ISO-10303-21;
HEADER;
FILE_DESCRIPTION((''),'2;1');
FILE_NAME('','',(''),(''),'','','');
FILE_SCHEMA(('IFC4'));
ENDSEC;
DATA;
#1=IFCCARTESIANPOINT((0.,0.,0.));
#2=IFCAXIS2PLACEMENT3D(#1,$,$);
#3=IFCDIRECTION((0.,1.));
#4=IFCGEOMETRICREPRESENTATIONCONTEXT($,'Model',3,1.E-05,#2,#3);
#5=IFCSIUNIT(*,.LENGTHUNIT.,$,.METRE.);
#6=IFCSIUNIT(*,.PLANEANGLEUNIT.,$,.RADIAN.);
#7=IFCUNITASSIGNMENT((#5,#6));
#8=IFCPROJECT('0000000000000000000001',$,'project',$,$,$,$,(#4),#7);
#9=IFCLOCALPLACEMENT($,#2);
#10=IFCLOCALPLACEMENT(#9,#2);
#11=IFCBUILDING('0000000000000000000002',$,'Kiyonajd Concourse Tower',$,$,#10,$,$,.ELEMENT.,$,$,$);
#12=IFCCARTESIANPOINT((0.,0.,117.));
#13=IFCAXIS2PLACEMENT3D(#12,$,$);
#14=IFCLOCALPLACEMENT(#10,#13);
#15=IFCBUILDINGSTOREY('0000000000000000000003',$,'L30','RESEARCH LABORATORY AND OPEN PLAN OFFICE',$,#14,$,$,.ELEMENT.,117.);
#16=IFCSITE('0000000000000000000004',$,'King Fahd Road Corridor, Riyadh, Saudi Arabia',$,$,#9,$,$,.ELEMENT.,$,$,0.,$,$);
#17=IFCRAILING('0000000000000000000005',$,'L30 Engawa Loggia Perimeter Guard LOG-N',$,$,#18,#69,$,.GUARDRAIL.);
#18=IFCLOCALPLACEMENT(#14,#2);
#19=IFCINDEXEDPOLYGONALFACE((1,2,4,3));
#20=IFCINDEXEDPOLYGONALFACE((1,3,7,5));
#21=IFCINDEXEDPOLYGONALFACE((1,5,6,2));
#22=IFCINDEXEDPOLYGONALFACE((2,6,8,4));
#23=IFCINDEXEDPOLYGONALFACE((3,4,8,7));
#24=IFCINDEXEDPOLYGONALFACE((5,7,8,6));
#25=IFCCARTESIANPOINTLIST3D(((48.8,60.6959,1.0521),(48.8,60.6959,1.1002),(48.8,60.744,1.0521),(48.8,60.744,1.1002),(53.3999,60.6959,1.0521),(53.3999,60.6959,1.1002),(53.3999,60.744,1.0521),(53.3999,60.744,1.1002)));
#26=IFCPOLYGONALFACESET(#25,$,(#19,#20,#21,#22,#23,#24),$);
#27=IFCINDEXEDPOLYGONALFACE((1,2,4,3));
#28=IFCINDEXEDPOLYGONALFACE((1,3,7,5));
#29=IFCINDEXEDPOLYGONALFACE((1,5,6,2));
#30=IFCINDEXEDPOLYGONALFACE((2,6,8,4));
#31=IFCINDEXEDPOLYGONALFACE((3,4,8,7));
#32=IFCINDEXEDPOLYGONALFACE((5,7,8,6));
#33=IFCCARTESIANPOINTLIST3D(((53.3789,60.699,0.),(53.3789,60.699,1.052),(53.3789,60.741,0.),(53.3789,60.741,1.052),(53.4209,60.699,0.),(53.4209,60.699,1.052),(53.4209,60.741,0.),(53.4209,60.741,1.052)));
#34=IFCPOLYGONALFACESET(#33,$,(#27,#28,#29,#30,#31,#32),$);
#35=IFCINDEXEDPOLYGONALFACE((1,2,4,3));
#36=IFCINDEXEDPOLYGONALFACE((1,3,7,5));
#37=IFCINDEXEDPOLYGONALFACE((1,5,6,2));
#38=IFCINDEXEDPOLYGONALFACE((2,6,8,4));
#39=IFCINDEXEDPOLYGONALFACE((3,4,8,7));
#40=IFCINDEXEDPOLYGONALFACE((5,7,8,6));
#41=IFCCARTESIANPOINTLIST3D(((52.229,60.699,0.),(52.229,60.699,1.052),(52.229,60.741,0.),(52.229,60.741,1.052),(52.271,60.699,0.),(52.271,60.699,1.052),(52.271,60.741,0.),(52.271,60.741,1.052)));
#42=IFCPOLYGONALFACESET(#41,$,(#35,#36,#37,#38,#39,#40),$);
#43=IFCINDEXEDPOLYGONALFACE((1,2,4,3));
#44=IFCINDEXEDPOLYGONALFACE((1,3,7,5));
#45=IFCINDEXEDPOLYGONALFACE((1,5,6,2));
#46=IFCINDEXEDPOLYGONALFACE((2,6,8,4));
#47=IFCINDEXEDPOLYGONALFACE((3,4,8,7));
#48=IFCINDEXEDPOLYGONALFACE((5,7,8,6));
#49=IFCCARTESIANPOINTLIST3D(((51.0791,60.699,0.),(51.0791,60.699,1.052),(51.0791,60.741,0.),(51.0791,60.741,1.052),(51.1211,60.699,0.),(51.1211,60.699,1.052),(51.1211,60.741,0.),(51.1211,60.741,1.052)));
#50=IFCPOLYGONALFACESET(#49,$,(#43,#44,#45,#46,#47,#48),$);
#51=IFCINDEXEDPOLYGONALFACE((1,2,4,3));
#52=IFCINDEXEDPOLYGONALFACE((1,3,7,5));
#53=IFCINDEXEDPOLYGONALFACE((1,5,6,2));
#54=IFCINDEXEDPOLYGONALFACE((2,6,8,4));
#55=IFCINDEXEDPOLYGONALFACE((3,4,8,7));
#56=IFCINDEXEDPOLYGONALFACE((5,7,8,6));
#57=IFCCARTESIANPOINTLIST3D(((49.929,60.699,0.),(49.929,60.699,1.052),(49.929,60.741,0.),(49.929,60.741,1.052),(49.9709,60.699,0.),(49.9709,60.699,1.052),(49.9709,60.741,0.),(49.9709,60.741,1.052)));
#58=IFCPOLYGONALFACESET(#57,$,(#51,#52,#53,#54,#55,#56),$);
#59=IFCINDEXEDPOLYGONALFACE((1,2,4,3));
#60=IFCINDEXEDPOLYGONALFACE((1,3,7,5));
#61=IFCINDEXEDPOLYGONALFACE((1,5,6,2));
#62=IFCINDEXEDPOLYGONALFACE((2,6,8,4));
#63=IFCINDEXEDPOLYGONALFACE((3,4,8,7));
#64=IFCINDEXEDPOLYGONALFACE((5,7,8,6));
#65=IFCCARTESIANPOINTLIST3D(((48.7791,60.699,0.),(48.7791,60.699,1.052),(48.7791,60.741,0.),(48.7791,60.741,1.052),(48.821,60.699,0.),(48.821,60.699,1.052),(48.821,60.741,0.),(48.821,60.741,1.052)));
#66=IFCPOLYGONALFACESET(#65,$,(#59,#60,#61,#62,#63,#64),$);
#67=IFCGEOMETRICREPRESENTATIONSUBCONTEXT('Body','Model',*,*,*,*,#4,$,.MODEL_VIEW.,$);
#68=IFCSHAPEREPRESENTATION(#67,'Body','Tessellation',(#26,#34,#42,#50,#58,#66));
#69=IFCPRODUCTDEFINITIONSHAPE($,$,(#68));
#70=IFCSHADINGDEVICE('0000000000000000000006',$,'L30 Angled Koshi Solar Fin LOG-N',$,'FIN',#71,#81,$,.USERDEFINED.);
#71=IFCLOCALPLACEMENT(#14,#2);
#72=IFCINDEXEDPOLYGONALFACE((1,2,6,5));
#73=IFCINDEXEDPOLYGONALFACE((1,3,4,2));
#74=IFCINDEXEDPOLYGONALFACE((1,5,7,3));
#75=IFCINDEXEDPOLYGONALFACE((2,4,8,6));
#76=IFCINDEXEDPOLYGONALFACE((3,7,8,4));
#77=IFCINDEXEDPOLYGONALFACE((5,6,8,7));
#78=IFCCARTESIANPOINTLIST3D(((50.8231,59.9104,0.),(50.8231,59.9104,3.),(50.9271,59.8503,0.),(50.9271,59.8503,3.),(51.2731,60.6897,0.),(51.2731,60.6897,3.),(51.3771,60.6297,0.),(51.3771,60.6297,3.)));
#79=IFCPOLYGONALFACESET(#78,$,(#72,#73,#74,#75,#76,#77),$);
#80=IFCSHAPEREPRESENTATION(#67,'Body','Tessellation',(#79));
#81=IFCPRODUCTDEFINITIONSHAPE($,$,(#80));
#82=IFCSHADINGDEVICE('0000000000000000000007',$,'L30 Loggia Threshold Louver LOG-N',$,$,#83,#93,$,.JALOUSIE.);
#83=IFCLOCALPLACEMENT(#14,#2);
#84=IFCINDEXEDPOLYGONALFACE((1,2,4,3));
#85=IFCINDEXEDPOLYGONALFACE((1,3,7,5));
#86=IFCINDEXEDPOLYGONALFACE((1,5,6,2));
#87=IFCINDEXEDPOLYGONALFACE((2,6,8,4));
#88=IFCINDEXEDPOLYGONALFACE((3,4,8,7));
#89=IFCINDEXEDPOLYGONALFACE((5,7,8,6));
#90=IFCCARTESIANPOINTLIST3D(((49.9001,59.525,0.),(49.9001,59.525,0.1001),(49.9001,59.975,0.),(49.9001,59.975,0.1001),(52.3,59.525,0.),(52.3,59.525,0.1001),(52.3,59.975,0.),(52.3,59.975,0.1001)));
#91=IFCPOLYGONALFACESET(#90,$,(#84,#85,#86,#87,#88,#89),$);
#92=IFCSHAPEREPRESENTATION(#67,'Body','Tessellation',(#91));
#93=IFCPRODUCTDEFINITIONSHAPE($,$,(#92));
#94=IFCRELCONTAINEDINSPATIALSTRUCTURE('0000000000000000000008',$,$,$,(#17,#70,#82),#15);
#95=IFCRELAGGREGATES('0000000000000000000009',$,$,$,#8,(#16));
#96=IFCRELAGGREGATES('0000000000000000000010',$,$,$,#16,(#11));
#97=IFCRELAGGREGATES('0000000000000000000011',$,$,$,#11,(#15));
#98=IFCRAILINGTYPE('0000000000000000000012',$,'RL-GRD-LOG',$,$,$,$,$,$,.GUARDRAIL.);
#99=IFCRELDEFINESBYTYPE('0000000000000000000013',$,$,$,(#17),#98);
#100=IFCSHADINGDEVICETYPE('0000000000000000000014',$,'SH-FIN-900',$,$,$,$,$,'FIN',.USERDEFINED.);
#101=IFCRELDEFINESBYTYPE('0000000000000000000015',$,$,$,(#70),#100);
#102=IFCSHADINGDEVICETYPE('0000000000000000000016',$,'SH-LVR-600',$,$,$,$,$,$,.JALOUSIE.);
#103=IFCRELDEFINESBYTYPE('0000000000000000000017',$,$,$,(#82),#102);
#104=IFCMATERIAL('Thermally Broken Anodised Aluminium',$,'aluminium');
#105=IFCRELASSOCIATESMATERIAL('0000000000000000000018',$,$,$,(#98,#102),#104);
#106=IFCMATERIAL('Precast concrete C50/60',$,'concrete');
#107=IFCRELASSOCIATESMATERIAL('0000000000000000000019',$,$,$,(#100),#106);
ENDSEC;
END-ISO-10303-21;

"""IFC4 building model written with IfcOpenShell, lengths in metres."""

from ifc_helpers import new_model, si_unit, direction, frame, origin, origin_2d, place, context, subcontext, project, spatial, rectangle, extrude, material, type_object, element, save


model = new_model("IFC4")

# Units and contexts
model_context = context("Model", 3, precision=1e-05, world=origin(), true_north=direction((0.0, 1.0)))
body_context = subcontext(model_context, "Body", "Model", "MODEL_VIEW")
ifc_project = project(units=[si_unit("LENGTHUNIT", "METRE"), si_unit("PLANEANGLEUNIT", "RADIAN")], contexts=[model_context])

# Site, building, storey
site_placement = place(None, origin())
site = spatial("IfcSite", under=ifc_project, at=site_placement, Name="King Fahd Road Corridor, Riyadh, Saudi Arabia", CompositionType="ELEMENT", RefElevation=0.0)
building_placement = place(site_placement, origin())
building = spatial("IfcBuilding", under=site, at=building_placement, Name="Kiyonajd Concourse Tower", CompositionType="ELEMENT")
storey_placement = place(building_placement, frame((0.0, 0.0, 117.0)))
storey = spatial("IfcBuildingStorey", under=building, at=storey_placement, Name="L30", Description="RESEARCH LABORATORY AND OPEN PLAN OFFICE", CompositionType="ELEMENT", Elevation=117.0)

# Shared definitions
ifc_material_1 = material(Name="Precast concrete C50/60", Category="concrete")

# Shared definitions
ifc_material_2 = material(Name="Thermally Broken Anodised Aluminium", Category="aluminium")

# Railing
railing_type = type_object("IfcRailingType", Name="RL-GRD-LOG", PredefinedType="GUARDRAIL", material=ifc_material_2)
railing_placement = place(storey_placement, frame((53.3999, 60.72, 0.0)))
element("IfcRailing", 1, at=railing_placement, inside=storey, type_object=railing_type, Name="L30 Engawa Loggia Perimeter Guard LOG-N", PredefinedType="GUARDRAIL", context=body_context, shape_type="SweptSolid", body=[
    extrude(rectangle(XDim=0.0481, YDim=0.0481, at=origin_2d()), frame((0.0, 0.0, 1.0762), z_axis=(-1.0, 0.0, 0.0), x_axis=(0.0, -1.0, 0.0)), (0.0, 0.0, 1.0), 4.5999),
    extrude(rectangle(XDim=0.042, YDim=0.042, at=origin_2d()), origin(), (0.0, 0.0, 1.0), 1.052),
    extrude(rectangle(XDim=0.042, YDim=0.042, at=origin_2d()), frame((-1.1499, 0.0, 0.0)), (0.0, 0.0, 1.0), 1.052),
    extrude(rectangle(XDim=0.042, YDim=0.042, at=origin_2d()), frame((-2.2998, 0.0, 0.0)), (0.0, 0.0, 1.0), 1.052),
    extrude(rectangle(XDim=0.042, YDim=0.042, at=origin_2d()), frame((-3.45, 0.0, 0.0)), (0.0, 0.0, 1.0), 1.052),
    extrude(rectangle(XDim=0.042, YDim=0.042, at=origin_2d()), frame((-4.5999, 0.0, 0.0)), (0.0, 0.0, 1.0), 1.052),
])

# Shading devices
shading_device_type_1 = type_object("IfcShadingDeviceType", Name="SH-FIN-900", ElementType="FIN", PredefinedType="USERDEFINED", material=ifc_material_1)
shading_device_1_placement = place(storey_placement, frame((51.1001, 60.27, 0.0), z_axis=(0.0, 0.0, 1.0), x_axis=(0.5, 0.866025, 0.0)))
element("IfcShadingDevice", 2, at=shading_device_1_placement, inside=storey, type_object=shading_device_type_1, Name="L30 Angled Koshi Solar Fin LOG-N", ObjectType="FIN", PredefinedType="USERDEFINED", context=body_context, shape_type="SweptSolid", body=[
    extrude(rectangle(XDim=0.8999, YDim=0.1201, at=origin_2d()), origin(), (0.0, 0.0, 1.0), 3.0),
])
shading_device_type_2 = type_object("IfcShadingDeviceType", Name="SH-LVR-600", PredefinedType="JALOUSIE", material=ifc_material_2)
shading_device_2_placement = place(storey_placement, frame((51.1001, 59.75, 0.0), z_axis=(0.0, 0.0, 1.0), x_axis=(1.0, 0.0, 0.0)))
element("IfcShadingDevice", 3, at=shading_device_2_placement, inside=storey, type_object=shading_device_type_2, Name="L30 Loggia Threshold Louver LOG-N", PredefinedType="JALOUSIE", context=body_context, shape_type="SweptSolid", body=[
    extrude(rectangle(XDim=2.3999, YDim=0.45, at=origin_2d()), origin(), (0.0, 0.0, 1.0), 0.1001),
])

save(model, "model.ifc")
